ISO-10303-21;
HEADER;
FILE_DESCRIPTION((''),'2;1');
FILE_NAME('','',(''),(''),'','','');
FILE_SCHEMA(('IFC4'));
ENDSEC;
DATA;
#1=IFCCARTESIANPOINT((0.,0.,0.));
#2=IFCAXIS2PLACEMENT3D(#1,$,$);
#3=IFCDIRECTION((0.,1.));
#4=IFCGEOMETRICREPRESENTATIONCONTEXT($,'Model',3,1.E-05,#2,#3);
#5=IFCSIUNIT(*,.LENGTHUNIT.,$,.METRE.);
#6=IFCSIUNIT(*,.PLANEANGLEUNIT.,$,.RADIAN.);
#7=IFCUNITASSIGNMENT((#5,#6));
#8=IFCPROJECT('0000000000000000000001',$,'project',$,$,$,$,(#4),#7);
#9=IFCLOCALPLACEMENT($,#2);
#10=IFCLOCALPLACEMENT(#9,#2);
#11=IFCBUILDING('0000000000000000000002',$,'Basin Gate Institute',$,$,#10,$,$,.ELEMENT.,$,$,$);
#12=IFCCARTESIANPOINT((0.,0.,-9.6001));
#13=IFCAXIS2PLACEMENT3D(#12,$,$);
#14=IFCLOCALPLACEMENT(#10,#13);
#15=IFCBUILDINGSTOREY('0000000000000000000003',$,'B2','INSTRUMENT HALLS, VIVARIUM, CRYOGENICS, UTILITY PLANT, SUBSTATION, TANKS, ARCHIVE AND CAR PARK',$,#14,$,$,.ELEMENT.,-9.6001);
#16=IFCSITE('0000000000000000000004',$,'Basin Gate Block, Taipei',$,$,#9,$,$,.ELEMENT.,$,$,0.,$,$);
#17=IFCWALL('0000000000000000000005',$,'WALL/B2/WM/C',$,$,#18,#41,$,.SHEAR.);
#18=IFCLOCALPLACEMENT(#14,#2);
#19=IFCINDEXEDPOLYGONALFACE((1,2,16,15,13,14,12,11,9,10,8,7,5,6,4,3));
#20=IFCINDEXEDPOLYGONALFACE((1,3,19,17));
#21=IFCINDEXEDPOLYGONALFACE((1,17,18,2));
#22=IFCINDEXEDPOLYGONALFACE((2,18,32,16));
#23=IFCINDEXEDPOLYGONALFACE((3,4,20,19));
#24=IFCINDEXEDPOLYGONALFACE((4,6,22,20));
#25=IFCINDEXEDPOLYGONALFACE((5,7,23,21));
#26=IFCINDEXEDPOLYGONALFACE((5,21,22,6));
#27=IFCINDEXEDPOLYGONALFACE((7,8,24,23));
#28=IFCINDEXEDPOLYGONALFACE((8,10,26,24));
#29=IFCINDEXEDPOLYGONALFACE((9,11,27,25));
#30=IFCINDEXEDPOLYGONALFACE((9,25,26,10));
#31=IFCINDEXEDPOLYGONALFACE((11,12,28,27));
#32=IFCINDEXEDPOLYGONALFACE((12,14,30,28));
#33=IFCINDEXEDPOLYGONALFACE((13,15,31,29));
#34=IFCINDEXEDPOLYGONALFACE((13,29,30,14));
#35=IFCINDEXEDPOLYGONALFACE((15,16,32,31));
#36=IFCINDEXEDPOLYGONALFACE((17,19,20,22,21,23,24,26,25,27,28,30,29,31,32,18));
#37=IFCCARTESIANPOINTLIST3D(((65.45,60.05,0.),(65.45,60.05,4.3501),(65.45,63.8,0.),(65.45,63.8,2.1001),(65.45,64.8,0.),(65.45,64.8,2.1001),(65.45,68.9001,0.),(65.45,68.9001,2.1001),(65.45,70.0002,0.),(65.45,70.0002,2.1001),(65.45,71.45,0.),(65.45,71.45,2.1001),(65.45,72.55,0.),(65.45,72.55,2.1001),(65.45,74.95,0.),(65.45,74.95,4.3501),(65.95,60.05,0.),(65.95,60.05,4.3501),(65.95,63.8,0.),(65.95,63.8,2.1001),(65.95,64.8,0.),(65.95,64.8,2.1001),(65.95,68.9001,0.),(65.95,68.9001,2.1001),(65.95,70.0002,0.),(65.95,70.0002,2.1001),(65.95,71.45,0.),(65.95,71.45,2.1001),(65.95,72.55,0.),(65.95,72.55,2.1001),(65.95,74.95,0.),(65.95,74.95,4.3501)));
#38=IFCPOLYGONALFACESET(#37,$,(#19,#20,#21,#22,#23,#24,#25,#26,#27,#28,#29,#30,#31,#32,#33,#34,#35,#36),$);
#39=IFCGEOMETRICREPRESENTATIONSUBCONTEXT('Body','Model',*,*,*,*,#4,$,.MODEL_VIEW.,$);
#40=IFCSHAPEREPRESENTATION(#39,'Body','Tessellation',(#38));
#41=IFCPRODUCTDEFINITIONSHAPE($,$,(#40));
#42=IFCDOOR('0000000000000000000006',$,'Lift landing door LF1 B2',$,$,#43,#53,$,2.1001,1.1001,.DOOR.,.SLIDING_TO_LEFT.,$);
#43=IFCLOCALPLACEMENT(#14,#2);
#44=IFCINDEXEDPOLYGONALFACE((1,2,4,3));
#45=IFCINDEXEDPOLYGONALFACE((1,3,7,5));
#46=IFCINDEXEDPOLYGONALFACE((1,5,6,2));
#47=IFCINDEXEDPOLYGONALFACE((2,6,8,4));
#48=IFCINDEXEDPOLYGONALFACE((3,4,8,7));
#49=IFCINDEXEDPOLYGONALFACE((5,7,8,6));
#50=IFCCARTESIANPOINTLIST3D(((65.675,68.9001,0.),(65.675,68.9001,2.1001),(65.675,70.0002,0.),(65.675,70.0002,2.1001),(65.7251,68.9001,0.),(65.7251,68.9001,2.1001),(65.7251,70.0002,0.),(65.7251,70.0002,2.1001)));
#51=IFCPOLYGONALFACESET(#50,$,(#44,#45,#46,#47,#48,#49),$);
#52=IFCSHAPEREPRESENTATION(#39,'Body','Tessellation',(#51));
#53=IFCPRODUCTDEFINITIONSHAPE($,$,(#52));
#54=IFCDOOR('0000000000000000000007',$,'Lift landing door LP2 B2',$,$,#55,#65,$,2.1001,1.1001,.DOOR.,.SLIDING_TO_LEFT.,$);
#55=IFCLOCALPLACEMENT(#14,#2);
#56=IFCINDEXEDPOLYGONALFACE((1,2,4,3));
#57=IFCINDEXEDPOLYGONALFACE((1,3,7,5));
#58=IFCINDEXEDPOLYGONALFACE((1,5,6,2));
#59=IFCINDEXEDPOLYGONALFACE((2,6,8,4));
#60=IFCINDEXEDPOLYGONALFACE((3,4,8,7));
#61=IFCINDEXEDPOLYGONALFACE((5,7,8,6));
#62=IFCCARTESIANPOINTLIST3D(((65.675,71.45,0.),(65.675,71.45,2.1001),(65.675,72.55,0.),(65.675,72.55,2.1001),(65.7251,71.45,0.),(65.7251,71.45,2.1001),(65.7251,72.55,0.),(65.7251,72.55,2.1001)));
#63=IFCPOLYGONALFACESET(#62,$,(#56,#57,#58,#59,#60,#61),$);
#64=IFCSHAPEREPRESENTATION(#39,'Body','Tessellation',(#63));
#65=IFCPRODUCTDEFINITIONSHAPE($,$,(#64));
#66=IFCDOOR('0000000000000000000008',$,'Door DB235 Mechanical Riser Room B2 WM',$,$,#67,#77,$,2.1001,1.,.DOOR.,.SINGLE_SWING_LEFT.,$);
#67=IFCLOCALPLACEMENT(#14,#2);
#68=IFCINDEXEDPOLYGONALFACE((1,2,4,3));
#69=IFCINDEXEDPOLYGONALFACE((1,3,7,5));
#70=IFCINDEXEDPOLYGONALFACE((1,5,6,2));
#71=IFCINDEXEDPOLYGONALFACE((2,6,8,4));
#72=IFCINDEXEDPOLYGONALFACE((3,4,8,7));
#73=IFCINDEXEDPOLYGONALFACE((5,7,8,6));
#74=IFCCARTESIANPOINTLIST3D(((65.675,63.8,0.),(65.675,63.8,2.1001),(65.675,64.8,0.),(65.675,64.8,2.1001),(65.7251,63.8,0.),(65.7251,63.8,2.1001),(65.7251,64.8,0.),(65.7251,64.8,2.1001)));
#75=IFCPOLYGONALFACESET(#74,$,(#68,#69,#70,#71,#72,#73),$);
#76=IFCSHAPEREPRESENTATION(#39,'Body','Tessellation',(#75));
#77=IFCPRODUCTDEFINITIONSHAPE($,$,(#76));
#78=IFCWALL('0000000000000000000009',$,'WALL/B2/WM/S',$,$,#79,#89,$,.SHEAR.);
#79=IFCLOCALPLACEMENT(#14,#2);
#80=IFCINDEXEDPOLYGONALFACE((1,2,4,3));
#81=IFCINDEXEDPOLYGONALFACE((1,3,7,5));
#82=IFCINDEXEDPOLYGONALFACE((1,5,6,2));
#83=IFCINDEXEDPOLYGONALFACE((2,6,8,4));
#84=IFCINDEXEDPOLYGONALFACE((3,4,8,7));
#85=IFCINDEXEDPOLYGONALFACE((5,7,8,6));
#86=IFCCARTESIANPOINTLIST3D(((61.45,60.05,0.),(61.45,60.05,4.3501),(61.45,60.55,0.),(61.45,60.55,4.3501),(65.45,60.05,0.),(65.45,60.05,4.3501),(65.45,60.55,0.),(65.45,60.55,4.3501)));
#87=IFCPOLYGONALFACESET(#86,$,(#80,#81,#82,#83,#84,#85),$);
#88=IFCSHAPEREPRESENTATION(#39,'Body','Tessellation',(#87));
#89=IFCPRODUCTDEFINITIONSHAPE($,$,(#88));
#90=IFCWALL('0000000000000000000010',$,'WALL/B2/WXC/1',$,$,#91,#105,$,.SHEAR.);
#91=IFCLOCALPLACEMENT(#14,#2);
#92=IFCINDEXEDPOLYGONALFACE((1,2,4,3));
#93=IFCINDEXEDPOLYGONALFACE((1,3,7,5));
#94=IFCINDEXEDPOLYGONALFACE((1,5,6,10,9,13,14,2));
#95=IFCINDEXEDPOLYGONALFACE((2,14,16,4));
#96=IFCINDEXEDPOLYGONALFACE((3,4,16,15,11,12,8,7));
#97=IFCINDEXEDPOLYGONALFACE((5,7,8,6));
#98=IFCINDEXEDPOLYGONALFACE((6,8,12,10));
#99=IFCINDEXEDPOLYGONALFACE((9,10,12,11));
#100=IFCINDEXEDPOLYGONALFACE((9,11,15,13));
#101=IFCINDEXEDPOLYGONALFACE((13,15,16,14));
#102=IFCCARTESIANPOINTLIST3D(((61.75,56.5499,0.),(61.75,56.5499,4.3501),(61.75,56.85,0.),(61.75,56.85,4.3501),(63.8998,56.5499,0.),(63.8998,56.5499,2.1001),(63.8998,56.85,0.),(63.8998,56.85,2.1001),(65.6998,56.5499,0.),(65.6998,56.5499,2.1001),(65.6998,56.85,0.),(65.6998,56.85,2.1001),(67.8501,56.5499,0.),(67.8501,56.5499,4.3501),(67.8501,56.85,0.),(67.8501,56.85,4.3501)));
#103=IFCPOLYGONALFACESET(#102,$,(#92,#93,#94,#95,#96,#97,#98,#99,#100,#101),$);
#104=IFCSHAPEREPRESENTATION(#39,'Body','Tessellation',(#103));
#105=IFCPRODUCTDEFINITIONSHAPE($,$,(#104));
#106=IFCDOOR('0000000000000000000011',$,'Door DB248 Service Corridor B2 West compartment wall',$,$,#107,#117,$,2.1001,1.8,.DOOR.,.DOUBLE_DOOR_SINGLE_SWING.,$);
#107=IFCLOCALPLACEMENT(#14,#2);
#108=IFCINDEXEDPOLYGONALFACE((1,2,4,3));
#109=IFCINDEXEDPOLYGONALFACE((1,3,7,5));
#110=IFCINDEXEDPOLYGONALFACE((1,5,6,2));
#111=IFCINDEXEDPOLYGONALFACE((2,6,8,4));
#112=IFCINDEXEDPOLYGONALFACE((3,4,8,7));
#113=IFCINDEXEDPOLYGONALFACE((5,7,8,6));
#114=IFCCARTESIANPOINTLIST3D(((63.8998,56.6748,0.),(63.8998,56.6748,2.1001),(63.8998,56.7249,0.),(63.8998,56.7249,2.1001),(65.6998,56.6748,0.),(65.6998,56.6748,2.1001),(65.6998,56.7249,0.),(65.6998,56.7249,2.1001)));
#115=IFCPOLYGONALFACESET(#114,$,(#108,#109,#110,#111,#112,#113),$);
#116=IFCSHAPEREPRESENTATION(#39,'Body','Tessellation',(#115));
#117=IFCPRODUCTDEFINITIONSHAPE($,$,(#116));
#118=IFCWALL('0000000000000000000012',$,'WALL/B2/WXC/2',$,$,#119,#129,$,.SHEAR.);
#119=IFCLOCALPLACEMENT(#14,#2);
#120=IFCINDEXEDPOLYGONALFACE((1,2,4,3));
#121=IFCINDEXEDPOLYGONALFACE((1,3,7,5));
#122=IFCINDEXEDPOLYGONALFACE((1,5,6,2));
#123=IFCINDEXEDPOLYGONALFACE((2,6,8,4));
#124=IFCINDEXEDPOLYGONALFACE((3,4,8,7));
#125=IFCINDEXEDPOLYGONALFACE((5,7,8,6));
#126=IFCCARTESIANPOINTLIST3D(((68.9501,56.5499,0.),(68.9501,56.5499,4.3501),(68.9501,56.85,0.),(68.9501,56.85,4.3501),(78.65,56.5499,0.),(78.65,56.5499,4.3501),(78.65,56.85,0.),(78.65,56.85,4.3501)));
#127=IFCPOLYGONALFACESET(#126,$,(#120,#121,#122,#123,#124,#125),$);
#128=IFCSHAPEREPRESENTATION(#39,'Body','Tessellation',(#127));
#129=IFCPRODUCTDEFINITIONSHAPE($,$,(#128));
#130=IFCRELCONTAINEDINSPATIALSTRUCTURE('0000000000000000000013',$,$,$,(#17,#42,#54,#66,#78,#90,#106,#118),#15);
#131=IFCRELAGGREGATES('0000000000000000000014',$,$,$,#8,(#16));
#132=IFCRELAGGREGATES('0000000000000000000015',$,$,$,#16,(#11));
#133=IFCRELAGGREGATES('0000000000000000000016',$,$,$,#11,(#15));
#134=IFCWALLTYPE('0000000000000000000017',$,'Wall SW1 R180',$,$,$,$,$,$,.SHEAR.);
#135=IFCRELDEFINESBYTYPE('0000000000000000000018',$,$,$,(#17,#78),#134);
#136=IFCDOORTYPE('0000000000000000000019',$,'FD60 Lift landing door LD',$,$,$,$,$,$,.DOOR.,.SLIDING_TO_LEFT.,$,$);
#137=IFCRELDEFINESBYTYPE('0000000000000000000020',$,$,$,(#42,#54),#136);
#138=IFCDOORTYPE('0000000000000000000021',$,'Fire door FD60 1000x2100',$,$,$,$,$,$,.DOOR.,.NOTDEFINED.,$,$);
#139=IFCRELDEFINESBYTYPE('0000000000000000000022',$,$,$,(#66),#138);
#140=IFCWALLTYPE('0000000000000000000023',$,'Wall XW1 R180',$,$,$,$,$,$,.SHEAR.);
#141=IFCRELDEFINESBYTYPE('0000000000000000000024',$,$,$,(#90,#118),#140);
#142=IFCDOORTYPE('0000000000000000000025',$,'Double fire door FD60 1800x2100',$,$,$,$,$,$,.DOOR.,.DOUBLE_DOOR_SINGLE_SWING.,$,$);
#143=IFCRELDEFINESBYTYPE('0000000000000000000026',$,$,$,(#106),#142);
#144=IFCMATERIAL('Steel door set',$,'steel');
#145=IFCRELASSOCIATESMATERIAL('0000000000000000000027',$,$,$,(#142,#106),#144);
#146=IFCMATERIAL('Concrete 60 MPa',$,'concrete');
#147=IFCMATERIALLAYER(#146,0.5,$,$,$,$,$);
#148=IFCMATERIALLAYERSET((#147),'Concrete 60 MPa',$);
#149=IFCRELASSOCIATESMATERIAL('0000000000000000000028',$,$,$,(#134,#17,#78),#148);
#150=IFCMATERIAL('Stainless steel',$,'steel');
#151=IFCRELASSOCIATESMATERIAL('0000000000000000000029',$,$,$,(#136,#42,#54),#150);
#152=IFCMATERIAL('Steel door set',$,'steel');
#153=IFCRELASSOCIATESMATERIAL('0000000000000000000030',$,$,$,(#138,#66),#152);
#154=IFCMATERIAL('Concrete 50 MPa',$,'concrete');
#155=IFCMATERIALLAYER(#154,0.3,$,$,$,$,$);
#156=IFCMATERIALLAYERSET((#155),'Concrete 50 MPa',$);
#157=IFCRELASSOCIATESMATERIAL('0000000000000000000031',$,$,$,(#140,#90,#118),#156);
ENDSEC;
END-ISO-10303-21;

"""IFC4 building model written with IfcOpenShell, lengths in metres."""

from ifc_helpers import new_model, si_unit, direction, frame, frame_2d, origin, place, context, subcontext, project, spatial, rectangle, extrude, material, layer, layer_set, type_object, element, fill, save


model = new_model("IFC4")

# Units and contexts
model_context = context("Model", 3, precision=1e-05, world=origin(), true_north=direction((0.0, 1.0)))
body_context = subcontext(model_context, "Body", "Model", "MODEL_VIEW")
ifc_project = project(units=[si_unit("LENGTHUNIT", "METRE"), si_unit("PLANEANGLEUNIT", "RADIAN")], contexts=[model_context])

# Site, building, storey
site_placement = place(None, origin())
site = spatial("IfcSite", under=ifc_project, at=site_placement, Name="Basin Gate Block, Taipei", CompositionType="ELEMENT", RefElevation=0.0)
building_placement = place(site_placement, origin())
building = spatial("IfcBuilding", under=site, at=building_placement, Name="Basin Gate Institute", CompositionType="ELEMENT")
storey_placement = place(building_placement, frame((0.0, 0.0, -9.6001)))
storey = spatial("IfcBuildingStorey", under=building, at=storey_placement, Name="B2", Description="INSTRUMENT HALLS, VIVARIUM, CRYOGENICS, UTILITY PLANT, SUBSTATION, TANKS, ARCHIVE AND CAR PARK", CompositionType="ELEMENT", Elevation=-9.6001)

# Shared definitions
ifc_material_1 = material(Name="Steel door set", Category="steel")
door_type_1 = type_object("IfcDoorType", Name="Double fire door FD60 1800x2100", OperationType="DOUBLE_DOOR_SINGLE_SWING", PredefinedType="DOOR", material=ifc_material_1)

# Wall, openings, doors
ifc_material_2 = material(Name="Concrete 60 MPa", Category="concrete")
ifc_layer_1 = layer(ifc_material_2, 0.5)
ifc_layer_set_1 = layer_set([ifc_layer_1], Name="Concrete 60 MPa")
wall_type_1 = type_object("IfcWallType", Name="Wall SW1 R180", PredefinedType="SHEAR", material=ifc_layer_set_1)
wall_1_placement = place(storey_placement, frame((65.7, 60.05, 0.0), z_axis=(0.0, 0.0, 1.0), x_axis=(0.0, 1.0, 0.0)))
wall_1 = element("IfcWall", 1, at=wall_1_placement, inside=storey, type_object=wall_type_1, material=ifc_layer_set_1, Name="WALL/B2/WM/C", PredefinedType="SHEAR", context=body_context, shape_type="SweptSolid", body=[
    extrude(rectangle(XDim=14.8999, YDim=0.5, at=frame_2d((7.45, 0.0))), origin(), (0.0, 0.0, 1.0), 4.3501),
])
opening_1_placement = place(wall_1_placement, frame((8.8501, 0.0, 0.0)))
opening_1 = element("IfcOpeningElement", 2, at=opening_1_placement, cuts=wall_1, PredefinedType="OPENING", context=body_context, shape_type="SweptSolid", body=[
    extrude(rectangle(XDim=1.1001, YDim=2.1001, at=frame_2d((0.55, 1.05))), frame((0.0, 0.26, 0.0), z_axis=(0.0, -1.0, 0.0), x_axis=(1.0, 0.0, 0.0)), (0.0, 0.0, 1.0), 0.52),
])
opening_2_placement = place(wall_1_placement, frame((11.3999, 0.0, 0.0)))
opening_2 = element("IfcOpeningElement", 3, at=opening_2_placement, cuts=wall_1, PredefinedType="OPENING", context=body_context, shape_type="SweptSolid", body=[
    extrude(rectangle(XDim=1.1001, YDim=2.1001, at=frame_2d((0.55, 1.05))), frame((0.0, 0.26, 0.0), z_axis=(0.0, -1.0, 0.0), x_axis=(1.0, 0.0, 0.0)), (0.0, 0.0, 1.0), 0.52),
])
opening_3_placement = place(wall_1_placement, frame((3.75, 0.0, 0.0)))
opening_3 = element("IfcOpeningElement", 4, at=opening_3_placement, cuts=wall_1, PredefinedType="OPENING", context=body_context, shape_type="SweptSolid", body=[
    extrude(rectangle(XDim=1.0, YDim=2.1001, at=frame_2d((0.5, 1.05))), frame((0.0, 0.26, 0.0), z_axis=(0.0, -1.0, 0.0), x_axis=(1.0, 0.0, 0.0)), (0.0, 0.0, 1.0), 0.52),
])
ifc_material_3 = material(Name="Stainless steel", Category="steel")
door_type_2 = type_object("IfcDoorType", Name="FD60 Lift landing door LD", OperationType="SLIDING_TO_LEFT", PredefinedType="DOOR", material=ifc_material_3)
door_1_placement = place(opening_1_placement, origin())
door_1 = element("IfcDoor", 5, at=door_1_placement, inside=storey, type_object=door_type_2, material=ifc_material_3, Name="Lift landing door LF1 B2", OperationType="SLIDING_TO_LEFT", OverallHeight=2.1001, OverallWidth=1.1001, PredefinedType="DOOR", context=body_context, shape_type="SweptSolid", body=[
    extrude(rectangle(XDim=1.1001, YDim=2.1001, at=frame_2d((0.55, 1.05))), frame((0.0, 0.0249, 0.0), z_axis=(0.0, -1.0, 0.0), x_axis=(1.0, 0.0, 0.0)), (0.0, 0.0, 1.0), 0.05),
])
fill(opening_1, door_1)
door_2_placement = place(opening_2_placement, origin())
door_2 = element("IfcDoor", 6, at=door_2_placement, inside=storey, type_object=door_type_2, material=ifc_material_3, Name="Lift landing door LP2 B2", OperationType="SLIDING_TO_LEFT", OverallHeight=2.1001, OverallWidth=1.1001, PredefinedType="DOOR", context=body_context, shape_type="SweptSolid", body=[
    extrude(rectangle(XDim=1.1001, YDim=2.1001, at=frame_2d((0.55, 1.05))), frame((0.0, 0.0249, 0.0), z_axis=(0.0, -1.0, 0.0), x_axis=(1.0, 0.0, 0.0)), (0.0, 0.0, 1.0), 0.05),
])
fill(opening_2, door_2)
ifc_material_4 = material(Name="Steel door set", Category="steel")
door_type_3 = type_object("IfcDoorType", Name="Fire door FD60 1000x2100", OperationType="NOTDEFINED", PredefinedType="DOOR", material=ifc_material_4)
door_3_placement = place(opening_3_placement, origin())
door_3 = element("IfcDoor", 7, at=door_3_placement, inside=storey, type_object=door_type_3, material=ifc_material_4, Name="Door DB235 Mechanical Riser Room B2 WM", OperationType="SINGLE_SWING_LEFT", OverallHeight=2.1001, OverallWidth=1.0, PredefinedType="DOOR", context=body_context, shape_type="SweptSolid", body=[
    extrude(rectangle(XDim=1.0, YDim=2.1001, at=frame_2d((0.5, 1.05))), frame((0.0, 0.0249, 0.0), z_axis=(0.0, -1.0, 0.0), x_axis=(1.0, 0.0, 0.0)), (0.0, 0.0, 1.0), 0.05),
])
fill(opening_3, door_3)

# Wall
wall_2_placement = place(storey_placement, frame((61.45, 60.3, 0.0), z_axis=(0.0, 0.0, 1.0), x_axis=(1.0, 0.0, 0.0)))
element("IfcWall", 8, at=wall_2_placement, inside=storey, type_object=wall_type_1, material=ifc_layer_set_1, Name="WALL/B2/WM/S", PredefinedType="SHEAR", context=body_context, shape_type="SweptSolid", body=[
    extrude(rectangle(XDim=4.0, YDim=0.5, at=frame_2d((2.0, 0.0))), origin(), (0.0, 0.0, 1.0), 4.3501),
])

# Wall, opening, door
ifc_material_5 = material(Name="Concrete 50 MPa", Category="concrete")
ifc_layer_2 = layer(ifc_material_5, 0.3)
ifc_layer_set_2 = layer_set([ifc_layer_2], Name="Concrete 50 MPa")
wall_type_2 = type_object("IfcWallType", Name="Wall XW1 R180", PredefinedType="SHEAR", material=ifc_layer_set_2)
wall_3_placement = place(storey_placement, frame((61.75, 56.7, 0.0), z_axis=(0.0, 0.0, 1.0), x_axis=(1.0, 0.0, 0.0)))
wall_3 = element("IfcWall", 9, at=wall_3_placement, inside=storey, type_object=wall_type_2, material=ifc_layer_set_2, Name="WALL/B2/WXC/1", PredefinedType="SHEAR", context=body_context, shape_type="SweptSolid", body=[
    extrude(rectangle(XDim=6.1001, YDim=0.3, at=frame_2d((3.05, 0.0))), origin(), (0.0, 0.0, 1.0), 4.3501),
])
opening_4_placement = place(wall_3_placement, frame((2.1499, 0.0, 0.0)))
opening_4 = element("IfcOpeningElement", 10, at=opening_4_placement, cuts=wall_3, PredefinedType="OPENING", context=body_context, shape_type="SweptSolid", body=[
    extrude(rectangle(XDim=1.8, YDim=2.1001, at=frame_2d((0.8999, 1.05))), frame((0.0, 0.1602, 0.0), z_axis=(0.0, -1.0, 0.0), x_axis=(1.0, 0.0, 0.0)), (0.0, 0.0, 1.0), 0.3201),
])
door_4_placement = place(opening_4_placement, origin())
door_4 = element("IfcDoor", 11, at=door_4_placement, inside=storey, type_object=door_type_1, material=ifc_material_1, Name="Door DB248 Service Corridor B2 West compartment wall", OperationType="DOUBLE_DOOR_SINGLE_SWING", OverallHeight=2.1001, OverallWidth=1.8, PredefinedType="DOOR", context=body_context, shape_type="SweptSolid", body=[
    extrude(rectangle(XDim=1.8, YDim=2.1001, at=frame_2d((0.8999, 1.05))), frame((0.0, 0.0249, 0.0), z_axis=(0.0, -1.0, 0.0), x_axis=(1.0, 0.0, 0.0)), (0.0, 0.0, 1.0), 0.05),
])
fill(opening_4, door_4)

# Wall
wall_4_placement = place(storey_placement, frame((68.95, 56.7, 0.0), z_axis=(0.0, 0.0, 1.0), x_axis=(1.0, 0.0, 0.0)))
element("IfcWall", 12, at=wall_4_placement, inside=storey, type_object=wall_type_2, material=ifc_layer_set_2, Name="WALL/B2/WXC/2", PredefinedType="SHEAR", context=body_context, shape_type="SweptSolid", body=[
    extrude(rectangle(XDim=9.7, YDim=0.3, at=frame_2d((4.8501, 0.0))), origin(), (0.0, 0.0, 1.0), 4.3501),
])

save(model, "model.ifc")
